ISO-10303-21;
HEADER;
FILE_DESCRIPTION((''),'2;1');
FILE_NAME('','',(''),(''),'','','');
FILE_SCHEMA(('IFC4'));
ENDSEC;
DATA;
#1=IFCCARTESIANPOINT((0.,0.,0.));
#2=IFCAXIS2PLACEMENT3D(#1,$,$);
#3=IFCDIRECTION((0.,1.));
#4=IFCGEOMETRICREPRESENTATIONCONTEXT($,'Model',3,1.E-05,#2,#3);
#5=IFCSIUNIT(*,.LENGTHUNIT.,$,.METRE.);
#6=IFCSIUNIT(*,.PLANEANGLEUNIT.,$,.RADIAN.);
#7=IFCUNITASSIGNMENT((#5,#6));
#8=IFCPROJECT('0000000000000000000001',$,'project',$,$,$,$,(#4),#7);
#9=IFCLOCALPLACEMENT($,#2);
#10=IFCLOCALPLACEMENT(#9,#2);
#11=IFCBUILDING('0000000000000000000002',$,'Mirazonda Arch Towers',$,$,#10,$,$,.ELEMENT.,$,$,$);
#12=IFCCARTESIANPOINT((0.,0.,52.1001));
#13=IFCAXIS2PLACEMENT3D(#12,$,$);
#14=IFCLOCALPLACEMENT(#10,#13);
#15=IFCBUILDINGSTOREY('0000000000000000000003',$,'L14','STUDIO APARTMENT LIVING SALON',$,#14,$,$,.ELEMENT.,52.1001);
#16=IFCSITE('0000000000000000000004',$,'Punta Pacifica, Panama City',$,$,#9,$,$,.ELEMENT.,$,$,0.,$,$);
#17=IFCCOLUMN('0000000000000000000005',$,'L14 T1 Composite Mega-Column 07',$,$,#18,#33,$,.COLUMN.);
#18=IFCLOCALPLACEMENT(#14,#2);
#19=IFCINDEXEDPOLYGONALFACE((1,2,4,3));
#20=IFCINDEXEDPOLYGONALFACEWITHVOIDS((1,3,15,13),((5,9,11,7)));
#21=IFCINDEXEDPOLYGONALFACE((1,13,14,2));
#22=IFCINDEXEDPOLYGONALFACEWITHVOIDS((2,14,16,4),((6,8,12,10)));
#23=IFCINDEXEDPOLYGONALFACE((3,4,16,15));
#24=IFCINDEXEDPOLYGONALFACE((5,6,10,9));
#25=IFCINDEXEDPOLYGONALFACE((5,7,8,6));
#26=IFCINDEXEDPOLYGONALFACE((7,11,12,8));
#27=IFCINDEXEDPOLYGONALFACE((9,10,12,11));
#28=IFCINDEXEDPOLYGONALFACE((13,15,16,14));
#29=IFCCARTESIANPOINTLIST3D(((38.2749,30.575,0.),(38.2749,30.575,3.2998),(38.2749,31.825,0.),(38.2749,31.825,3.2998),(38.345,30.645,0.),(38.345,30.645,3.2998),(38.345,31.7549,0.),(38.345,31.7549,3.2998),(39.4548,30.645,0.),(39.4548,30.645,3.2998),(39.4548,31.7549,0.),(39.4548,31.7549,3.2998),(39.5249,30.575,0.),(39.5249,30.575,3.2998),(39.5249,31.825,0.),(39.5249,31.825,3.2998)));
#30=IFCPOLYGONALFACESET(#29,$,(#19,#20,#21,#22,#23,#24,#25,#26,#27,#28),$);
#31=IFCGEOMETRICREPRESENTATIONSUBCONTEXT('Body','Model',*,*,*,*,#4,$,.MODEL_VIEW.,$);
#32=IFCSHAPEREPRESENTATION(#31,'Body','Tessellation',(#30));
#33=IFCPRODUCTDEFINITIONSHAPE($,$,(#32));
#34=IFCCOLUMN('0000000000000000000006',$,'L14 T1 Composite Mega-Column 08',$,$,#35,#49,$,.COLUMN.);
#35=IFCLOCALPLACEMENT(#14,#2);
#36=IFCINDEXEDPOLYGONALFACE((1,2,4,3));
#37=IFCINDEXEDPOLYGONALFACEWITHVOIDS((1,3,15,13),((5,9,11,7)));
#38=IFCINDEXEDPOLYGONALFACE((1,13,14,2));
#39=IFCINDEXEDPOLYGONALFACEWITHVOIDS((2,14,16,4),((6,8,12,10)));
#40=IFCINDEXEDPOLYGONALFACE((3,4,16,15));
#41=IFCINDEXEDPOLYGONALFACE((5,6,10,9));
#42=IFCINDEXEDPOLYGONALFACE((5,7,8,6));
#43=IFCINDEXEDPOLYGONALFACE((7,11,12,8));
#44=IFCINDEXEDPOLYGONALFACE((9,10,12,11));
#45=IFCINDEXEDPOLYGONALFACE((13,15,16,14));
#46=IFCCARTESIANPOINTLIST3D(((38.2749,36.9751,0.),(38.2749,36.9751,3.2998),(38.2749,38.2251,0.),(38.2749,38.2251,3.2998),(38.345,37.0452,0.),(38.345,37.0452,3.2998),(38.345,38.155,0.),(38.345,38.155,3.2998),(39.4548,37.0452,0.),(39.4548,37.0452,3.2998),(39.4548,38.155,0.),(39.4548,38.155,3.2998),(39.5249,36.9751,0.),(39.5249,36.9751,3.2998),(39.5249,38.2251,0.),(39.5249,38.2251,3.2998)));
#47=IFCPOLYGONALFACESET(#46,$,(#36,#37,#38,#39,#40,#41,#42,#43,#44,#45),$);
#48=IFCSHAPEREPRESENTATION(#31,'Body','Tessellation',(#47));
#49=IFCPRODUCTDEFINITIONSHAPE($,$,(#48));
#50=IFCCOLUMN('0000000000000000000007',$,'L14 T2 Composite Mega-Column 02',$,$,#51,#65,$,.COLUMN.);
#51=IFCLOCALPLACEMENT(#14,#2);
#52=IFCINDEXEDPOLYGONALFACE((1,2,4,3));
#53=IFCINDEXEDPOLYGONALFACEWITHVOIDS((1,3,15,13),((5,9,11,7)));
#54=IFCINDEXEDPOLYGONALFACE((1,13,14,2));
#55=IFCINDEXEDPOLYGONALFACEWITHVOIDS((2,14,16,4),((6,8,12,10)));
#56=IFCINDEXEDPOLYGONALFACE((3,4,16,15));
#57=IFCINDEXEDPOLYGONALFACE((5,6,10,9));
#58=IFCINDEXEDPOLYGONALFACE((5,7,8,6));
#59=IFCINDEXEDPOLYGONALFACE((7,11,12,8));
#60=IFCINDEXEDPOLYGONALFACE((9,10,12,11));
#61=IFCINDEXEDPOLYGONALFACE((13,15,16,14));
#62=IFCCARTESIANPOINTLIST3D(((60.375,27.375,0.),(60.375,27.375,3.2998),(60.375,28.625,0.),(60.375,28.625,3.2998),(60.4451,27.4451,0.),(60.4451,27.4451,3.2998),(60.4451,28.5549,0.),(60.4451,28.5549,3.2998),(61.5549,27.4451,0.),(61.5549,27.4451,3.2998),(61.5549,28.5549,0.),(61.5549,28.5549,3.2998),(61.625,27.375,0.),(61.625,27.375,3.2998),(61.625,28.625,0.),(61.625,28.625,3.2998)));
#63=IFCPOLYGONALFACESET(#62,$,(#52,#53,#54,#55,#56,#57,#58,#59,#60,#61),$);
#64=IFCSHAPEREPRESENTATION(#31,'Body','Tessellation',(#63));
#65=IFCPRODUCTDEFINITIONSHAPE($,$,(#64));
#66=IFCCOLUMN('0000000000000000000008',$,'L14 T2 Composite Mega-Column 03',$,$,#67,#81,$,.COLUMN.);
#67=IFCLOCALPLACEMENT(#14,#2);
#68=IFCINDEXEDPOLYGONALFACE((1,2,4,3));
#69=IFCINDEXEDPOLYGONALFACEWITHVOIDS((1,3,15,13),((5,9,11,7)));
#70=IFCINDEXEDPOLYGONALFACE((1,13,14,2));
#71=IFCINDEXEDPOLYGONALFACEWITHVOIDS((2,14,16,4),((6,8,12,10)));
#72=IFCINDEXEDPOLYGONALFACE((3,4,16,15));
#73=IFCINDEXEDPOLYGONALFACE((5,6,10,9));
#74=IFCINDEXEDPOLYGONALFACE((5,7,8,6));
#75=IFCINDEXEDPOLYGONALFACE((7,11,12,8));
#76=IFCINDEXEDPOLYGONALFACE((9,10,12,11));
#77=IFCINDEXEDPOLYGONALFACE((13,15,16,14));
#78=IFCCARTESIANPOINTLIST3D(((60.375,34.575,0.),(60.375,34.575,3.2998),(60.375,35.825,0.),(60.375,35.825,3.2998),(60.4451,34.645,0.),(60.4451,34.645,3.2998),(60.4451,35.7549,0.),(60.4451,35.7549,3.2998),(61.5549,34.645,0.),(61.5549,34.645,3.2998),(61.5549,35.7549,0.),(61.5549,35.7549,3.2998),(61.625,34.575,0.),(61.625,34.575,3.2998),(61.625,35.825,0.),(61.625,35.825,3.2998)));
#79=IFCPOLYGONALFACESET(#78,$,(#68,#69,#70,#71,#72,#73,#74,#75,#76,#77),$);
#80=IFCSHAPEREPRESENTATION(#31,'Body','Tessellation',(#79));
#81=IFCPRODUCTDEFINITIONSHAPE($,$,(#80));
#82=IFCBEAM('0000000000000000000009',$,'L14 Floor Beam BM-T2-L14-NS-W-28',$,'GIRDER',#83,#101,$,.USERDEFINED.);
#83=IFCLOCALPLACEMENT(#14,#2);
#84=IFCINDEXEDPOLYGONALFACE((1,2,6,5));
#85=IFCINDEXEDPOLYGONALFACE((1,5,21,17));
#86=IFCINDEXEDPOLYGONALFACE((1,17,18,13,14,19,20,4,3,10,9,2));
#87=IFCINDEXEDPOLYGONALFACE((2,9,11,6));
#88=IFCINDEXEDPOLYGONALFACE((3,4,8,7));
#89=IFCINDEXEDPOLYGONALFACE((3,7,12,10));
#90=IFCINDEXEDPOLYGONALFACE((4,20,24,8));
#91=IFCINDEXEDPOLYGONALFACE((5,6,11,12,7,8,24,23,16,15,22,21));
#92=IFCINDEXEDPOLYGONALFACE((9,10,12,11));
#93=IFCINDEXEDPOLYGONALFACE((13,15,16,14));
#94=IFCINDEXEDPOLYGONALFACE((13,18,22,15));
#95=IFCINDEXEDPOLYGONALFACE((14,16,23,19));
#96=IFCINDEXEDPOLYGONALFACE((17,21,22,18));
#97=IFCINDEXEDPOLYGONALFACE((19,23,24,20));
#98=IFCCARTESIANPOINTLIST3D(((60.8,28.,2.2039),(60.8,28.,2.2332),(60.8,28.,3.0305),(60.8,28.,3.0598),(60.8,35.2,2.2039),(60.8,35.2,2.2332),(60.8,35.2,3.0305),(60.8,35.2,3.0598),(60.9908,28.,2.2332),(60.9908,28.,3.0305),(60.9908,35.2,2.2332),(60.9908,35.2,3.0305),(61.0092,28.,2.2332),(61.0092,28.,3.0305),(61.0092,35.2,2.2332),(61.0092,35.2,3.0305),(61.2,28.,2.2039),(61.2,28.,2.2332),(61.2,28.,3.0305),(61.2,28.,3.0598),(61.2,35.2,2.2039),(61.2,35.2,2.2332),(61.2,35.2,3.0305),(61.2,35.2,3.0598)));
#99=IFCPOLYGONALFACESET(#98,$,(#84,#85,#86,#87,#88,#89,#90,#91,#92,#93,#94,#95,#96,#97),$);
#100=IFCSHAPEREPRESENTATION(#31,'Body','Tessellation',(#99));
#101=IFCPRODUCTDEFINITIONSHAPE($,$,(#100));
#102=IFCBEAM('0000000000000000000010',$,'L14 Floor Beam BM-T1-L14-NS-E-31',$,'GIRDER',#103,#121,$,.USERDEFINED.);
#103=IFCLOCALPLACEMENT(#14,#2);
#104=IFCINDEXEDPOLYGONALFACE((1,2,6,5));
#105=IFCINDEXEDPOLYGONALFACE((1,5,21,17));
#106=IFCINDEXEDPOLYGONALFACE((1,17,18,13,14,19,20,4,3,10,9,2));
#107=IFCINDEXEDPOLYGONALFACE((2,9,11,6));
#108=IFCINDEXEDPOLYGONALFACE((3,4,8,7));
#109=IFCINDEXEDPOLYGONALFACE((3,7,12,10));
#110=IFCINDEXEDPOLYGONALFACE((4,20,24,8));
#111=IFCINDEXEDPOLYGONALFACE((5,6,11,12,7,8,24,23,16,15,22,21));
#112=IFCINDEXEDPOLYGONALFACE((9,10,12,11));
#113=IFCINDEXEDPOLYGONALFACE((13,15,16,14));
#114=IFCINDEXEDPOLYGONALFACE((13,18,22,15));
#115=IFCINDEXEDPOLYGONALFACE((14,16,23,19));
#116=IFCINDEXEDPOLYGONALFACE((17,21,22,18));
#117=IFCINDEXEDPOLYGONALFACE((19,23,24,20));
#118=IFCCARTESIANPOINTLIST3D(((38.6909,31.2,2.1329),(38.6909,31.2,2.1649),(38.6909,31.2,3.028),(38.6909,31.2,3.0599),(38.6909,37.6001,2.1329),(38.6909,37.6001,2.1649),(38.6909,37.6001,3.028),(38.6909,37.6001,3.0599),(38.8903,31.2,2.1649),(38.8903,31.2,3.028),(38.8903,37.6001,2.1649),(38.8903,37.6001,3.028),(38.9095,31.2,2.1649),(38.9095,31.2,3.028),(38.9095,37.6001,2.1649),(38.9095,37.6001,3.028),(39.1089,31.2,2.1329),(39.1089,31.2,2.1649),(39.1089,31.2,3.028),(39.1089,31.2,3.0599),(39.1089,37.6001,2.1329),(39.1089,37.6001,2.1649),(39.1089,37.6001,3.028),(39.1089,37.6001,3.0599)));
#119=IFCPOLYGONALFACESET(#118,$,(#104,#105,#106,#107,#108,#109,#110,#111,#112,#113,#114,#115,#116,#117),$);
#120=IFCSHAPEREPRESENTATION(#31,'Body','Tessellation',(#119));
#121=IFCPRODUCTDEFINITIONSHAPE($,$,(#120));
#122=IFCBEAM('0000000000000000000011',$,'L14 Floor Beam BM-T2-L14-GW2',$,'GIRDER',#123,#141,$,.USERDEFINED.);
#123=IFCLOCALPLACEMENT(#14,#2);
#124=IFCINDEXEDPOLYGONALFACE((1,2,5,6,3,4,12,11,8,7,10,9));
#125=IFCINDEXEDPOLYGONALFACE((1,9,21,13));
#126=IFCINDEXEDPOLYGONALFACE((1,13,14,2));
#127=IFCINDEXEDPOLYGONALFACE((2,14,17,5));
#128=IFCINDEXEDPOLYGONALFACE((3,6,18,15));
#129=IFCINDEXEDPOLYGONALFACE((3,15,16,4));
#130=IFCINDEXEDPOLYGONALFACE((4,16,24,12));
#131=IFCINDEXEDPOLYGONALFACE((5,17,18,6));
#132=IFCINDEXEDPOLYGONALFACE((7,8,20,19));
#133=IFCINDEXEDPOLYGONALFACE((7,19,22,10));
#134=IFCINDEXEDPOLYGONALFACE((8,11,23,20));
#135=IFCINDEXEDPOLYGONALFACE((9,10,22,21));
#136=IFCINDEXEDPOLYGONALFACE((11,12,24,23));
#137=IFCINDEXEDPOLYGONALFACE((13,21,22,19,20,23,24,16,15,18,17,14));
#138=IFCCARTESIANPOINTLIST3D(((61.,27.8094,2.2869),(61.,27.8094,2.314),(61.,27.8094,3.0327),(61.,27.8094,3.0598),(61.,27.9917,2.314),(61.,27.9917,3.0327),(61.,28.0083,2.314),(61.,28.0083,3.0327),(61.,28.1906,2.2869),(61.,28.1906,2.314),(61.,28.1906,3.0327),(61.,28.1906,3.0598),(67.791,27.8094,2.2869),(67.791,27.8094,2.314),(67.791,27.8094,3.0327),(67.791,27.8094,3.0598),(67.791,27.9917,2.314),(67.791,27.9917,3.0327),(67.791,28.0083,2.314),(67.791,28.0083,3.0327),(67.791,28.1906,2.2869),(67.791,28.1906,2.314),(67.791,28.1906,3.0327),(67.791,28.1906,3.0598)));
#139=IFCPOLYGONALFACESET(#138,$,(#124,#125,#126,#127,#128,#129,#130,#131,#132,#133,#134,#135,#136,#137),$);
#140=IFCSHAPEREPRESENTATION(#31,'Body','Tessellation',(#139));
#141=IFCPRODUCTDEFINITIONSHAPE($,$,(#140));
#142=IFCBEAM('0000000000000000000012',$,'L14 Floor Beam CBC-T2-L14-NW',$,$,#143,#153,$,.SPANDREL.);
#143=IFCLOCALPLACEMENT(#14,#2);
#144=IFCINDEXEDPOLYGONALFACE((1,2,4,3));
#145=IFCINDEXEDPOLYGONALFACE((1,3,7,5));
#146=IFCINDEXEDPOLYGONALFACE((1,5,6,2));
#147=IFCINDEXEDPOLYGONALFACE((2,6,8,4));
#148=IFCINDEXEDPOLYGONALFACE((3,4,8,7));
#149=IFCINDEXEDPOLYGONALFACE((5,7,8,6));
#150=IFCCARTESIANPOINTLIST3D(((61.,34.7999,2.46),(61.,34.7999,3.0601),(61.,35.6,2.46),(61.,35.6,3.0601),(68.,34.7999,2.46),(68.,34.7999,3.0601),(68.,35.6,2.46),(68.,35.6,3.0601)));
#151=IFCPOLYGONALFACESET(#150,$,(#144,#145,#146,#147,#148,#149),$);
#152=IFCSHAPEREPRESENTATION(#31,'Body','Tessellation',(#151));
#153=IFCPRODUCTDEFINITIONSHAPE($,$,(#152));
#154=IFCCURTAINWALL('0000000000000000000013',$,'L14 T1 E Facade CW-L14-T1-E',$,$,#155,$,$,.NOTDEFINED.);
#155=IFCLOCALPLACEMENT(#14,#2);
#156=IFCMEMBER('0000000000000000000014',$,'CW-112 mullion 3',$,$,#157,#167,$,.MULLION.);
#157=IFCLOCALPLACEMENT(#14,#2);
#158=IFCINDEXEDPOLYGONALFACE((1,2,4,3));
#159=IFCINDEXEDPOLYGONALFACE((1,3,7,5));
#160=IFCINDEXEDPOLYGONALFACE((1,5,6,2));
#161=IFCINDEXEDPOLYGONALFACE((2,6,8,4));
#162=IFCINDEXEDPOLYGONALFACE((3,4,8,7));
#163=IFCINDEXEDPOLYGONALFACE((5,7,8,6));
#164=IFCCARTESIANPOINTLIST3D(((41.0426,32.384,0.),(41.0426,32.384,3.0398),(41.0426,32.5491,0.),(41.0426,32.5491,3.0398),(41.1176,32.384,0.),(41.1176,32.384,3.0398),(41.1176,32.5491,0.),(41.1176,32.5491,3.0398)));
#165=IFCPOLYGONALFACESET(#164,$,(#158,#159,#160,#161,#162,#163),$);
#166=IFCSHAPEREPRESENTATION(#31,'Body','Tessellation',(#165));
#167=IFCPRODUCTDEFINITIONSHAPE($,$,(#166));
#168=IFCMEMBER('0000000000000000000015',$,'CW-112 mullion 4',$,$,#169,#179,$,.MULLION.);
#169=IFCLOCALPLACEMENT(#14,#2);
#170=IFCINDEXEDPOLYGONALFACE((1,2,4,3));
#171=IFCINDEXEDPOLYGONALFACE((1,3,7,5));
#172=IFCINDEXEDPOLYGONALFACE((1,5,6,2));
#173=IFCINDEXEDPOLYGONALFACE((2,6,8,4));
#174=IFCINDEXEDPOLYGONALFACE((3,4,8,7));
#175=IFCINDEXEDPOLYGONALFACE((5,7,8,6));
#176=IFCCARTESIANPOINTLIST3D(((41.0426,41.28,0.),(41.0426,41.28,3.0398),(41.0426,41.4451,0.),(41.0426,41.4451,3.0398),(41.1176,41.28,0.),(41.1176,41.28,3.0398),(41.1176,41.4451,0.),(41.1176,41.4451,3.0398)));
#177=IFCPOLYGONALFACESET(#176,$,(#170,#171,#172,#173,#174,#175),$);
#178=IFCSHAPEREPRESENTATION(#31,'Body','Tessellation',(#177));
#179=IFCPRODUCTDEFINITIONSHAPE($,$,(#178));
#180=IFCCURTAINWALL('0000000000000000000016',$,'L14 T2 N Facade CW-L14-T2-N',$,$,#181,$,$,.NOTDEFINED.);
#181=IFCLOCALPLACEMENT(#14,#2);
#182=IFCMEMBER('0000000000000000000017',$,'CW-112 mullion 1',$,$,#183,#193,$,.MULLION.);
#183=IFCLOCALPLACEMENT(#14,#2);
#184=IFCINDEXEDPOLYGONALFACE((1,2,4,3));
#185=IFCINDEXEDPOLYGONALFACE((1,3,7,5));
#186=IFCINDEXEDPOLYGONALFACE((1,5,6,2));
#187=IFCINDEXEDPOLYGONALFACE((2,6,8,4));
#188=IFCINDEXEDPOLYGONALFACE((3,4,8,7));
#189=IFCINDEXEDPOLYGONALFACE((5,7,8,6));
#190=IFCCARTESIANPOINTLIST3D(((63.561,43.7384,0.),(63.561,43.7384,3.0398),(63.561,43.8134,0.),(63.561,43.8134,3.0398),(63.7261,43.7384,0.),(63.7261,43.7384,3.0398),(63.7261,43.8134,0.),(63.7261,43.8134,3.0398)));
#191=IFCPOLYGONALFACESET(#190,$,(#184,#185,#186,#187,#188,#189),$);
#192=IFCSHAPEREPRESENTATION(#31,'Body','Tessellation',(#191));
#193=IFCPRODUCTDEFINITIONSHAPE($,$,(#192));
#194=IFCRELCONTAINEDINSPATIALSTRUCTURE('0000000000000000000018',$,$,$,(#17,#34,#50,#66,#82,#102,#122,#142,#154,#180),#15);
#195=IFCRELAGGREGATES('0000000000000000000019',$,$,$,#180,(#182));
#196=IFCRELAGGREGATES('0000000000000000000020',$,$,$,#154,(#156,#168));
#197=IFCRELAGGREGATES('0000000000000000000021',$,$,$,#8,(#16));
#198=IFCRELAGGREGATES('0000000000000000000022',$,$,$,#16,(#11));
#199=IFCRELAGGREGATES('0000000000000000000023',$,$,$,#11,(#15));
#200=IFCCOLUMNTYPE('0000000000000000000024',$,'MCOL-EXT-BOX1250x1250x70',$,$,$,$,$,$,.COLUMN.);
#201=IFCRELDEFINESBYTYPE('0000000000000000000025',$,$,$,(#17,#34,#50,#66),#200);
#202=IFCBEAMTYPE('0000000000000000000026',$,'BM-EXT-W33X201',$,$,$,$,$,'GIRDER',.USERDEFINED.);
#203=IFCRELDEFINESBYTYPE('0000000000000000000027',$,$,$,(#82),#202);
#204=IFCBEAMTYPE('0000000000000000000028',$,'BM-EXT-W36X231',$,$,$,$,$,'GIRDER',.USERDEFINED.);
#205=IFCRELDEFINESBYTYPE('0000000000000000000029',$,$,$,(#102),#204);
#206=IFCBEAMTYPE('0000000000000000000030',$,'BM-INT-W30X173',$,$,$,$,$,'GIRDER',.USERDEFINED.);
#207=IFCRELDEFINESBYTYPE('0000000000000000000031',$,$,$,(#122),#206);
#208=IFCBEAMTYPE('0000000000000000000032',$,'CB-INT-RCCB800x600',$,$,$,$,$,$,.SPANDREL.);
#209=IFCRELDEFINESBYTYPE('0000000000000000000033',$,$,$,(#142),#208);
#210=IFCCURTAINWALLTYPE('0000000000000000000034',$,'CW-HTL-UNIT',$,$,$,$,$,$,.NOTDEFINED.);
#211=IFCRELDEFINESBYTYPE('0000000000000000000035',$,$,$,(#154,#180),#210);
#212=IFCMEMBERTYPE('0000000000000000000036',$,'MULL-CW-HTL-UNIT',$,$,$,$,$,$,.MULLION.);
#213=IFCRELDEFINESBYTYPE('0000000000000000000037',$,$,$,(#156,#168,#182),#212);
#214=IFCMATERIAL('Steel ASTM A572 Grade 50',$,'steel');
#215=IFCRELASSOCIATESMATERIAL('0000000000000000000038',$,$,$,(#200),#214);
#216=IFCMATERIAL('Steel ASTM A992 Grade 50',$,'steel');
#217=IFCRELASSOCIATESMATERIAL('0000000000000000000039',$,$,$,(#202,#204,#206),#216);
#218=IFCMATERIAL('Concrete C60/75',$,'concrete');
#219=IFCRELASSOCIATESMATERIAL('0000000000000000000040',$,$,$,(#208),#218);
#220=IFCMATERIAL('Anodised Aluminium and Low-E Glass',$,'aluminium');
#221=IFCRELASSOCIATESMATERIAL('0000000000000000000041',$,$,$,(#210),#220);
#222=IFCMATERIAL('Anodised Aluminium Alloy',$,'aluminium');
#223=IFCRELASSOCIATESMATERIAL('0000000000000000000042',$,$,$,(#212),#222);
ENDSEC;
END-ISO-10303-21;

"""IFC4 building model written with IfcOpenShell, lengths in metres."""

from ifc_helpers import new_model, si_unit, direction, frame, origin, origin_2d, place, context, subcontext, project, spatial, rectangle, hollow_rectangle, i_section, extrude, material, material_profile, profile_set, type_object, element, aggregate, save


model = new_model("IFC4")

# Units and contexts
model_context = context("Model", 3, precision=1e-05, world=origin(), true_north=direction((0.0, 1.0)))
body_context = subcontext(model_context, "Body", "Model", "MODEL_VIEW")
ifc_project = project(units=[si_unit("LENGTHUNIT", "METRE"), si_unit("PLANEANGLEUNIT", "RADIAN")], contexts=[model_context])

# Site, building, storey
site_placement = place(None, origin())
site = spatial("IfcSite", under=ifc_project, at=site_placement, Name="Punta Pacifica, Panama City", CompositionType="ELEMENT", RefElevation=0.0)
building_placement = place(site_placement, origin())
building = spatial("IfcBuilding", under=site, at=building_placement, Name="Mirazonda Arch Towers", CompositionType="ELEMENT")
storey_placement = place(building_placement, frame((0.0, 0.0, 52.1001)))
storey = spatial("IfcBuildingStorey", under=building, at=storey_placement, Name="L14", Description="STUDIO APARTMENT LIVING SALON", CompositionType="ELEMENT", Elevation=52.1001)

# Columns
ifc_material_1 = material(Name="Steel ASTM A572 Grade 50", Category="steel")
ifc_material_profile_1 = material_profile(ifc_material_1, hollow_rectangle(XDim=1.25, YDim=1.25, WallThickness=0.0701, at=origin_2d()), Name="BOX1250x1250x70")
ifc_profile_set_1 = profile_set([ifc_material_profile_1], Name="Steel ASTM A572 Grade 50")
column_type = type_object("IfcColumnType", Name="MCOL-EXT-BOX1250x1250x70", PredefinedType="COLUMN", material=ifc_profile_set_1)
for number, where, z_axis, x_axis, name in (
    (1, (38.8999, 31.2, 0.0), (0.0, 0.0, 1.0), (1.0, 0.0, 0.0), "L14 T1 Composite Mega-Column 07"),
    (2, (38.8999, 37.6001, 0.0), (0.0, 0.0, 1.0), (1.0, 0.0, 0.0), "L14 T1 Composite Mega-Column 08"),
    (3, (61.0, 28.0, 0.0), (0.0, 0.0, 1.0), (1.0, 0.0, 0.0), "L14 T2 Composite Mega-Column 02"),
    (4, (61.0, 35.2, 0.0), (0.0, 0.0, 1.0), (1.0, 0.0, 0.0), "L14 T2 Composite Mega-Column 03"),
):
    element("IfcColumn", number, at=place(storey_placement, frame(where, z_axis=z_axis, x_axis=x_axis)), inside=storey, type_object=column_type, Name=name, PredefinedType="COLUMN", context=body_context, shape_type="SweptSolid", body=[
        extrude(hollow_rectangle(XDim=1.25, YDim=1.25, WallThickness=0.0701, at=origin_2d()), origin(), (0.0, 0.0, 1.0), 3.2998),
    ])

# Beams
ifc_material_2 = material(Name="Steel ASTM A992 Grade 50", Category="steel")
ifc_material_profile_2 = material_profile(ifc_material_2, i_section(OverallWidth=0.3999, OverallDepth=0.856, WebThickness=0.0183, FlangeThickness=0.0293, at=origin_2d()), Name="W33X201")
ifc_profile_set_2 = profile_set([ifc_material_profile_2], Name="Steel ASTM A992 Grade 50")
beam_type_1 = type_object("IfcBeamType", Name="BM-EXT-W33X201", ElementType="GIRDER", PredefinedType="USERDEFINED", material=ifc_profile_set_2)
beam_1_placement = place(storey_placement, frame((61.0, 28.0, 2.6318), z_axis=(0.0, 1.0, 0.0), x_axis=(-1.0, 0.0, 0.0)))
element("IfcBeam", 5, at=beam_1_placement, inside=storey, type_object=beam_type_1, Name="L14 Floor Beam BM-T2-L14-NS-W-28", ObjectType="GIRDER", PredefinedType="USERDEFINED", context=body_context, shape_type="SweptSolid", body=[
    extrude(i_section(OverallWidth=0.3999, OverallDepth=0.856, WebThickness=0.0183, FlangeThickness=0.0293, at=origin_2d()), origin(), (0.0, 0.0, 1.0), 7.2),
])
ifc_material_profile_3 = material_profile(ifc_material_2, i_section(OverallWidth=0.418, OverallDepth=0.927, WebThickness=0.0193, FlangeThickness=0.032, at=origin_2d()), Name="W36X231")
ifc_profile_set_3 = profile_set([ifc_material_profile_3], Name="Steel ASTM A992 Grade 50")
beam_type_2 = type_object("IfcBeamType", Name="BM-EXT-W36X231", ElementType="GIRDER", PredefinedType="USERDEFINED", material=ifc_profile_set_3)
beam_2_placement = place(storey_placement, frame((38.8999, 31.2, 2.5964), z_axis=(0.0, 1.0, 0.0), x_axis=(-1.0, 0.0, 0.0)))
element("IfcBeam", 6, at=beam_2_placement, inside=storey, type_object=beam_type_2, Name="L14 Floor Beam BM-T1-L14-NS-E-31", ObjectType="GIRDER", PredefinedType="USERDEFINED", context=body_context, shape_type="SweptSolid", body=[
    extrude(i_section(OverallWidth=0.418, OverallDepth=0.927, WebThickness=0.0193, FlangeThickness=0.032, at=origin_2d()), origin(), (0.0, 0.0, 1.0), 6.4001),
])
ifc_material_profile_4 = material_profile(ifc_material_2, i_section(OverallWidth=0.3811, OverallDepth=0.7729, WebThickness=0.0166, FlangeThickness=0.0271, at=origin_2d()), Name="W30X173")
ifc_profile_set_4 = profile_set([ifc_material_profile_4], Name="Steel ASTM A992 Grade 50")
beam_type_3 = type_object("IfcBeamType", Name="BM-INT-W30X173", ElementType="GIRDER", PredefinedType="USERDEFINED", material=ifc_profile_set_4)
beam_3_placement = place(storey_placement, frame((61.0, 28.0, 2.6733), z_axis=(1.0, 0.0, 0.0), x_axis=(0.0, 1.0, 0.0)))
element("IfcBeam", 7, at=beam_3_placement, inside=storey, type_object=beam_type_3, Name="L14 Floor Beam BM-T2-L14-GW2", ObjectType="GIRDER", PredefinedType="USERDEFINED", context=body_context, shape_type="SweptSolid", body=[
    extrude(i_section(OverallWidth=0.3811, OverallDepth=0.7729, WebThickness=0.0166, FlangeThickness=0.0271, at=origin_2d()), origin(), (0.0, 0.0, 1.0), 6.791),
])
ifc_material_3 = material(Name="Concrete C60/75", Category="concrete")
ifc_material_profile_5 = material_profile(ifc_material_3, rectangle(XDim=0.8, YDim=0.6001, at=origin_2d()), Name="RCCB800x600")
ifc_profile_set_5 = profile_set([ifc_material_profile_5], Name="Concrete C60/75")
beam_type_4 = type_object("IfcBeamType", Name="CB-INT-RCCB800x600", PredefinedType="SPANDREL", material=ifc_profile_set_5)
beam_4_placement = place(storey_placement, frame((61.0, 35.2, 2.76), z_axis=(1.0, 0.0, 0.0), x_axis=(0.0, 1.0, 0.0)))
element("IfcBeam", 8, at=beam_4_placement, inside=storey, type_object=beam_type_4, Name="L14 Floor Beam CBC-T2-L14-NW", PredefinedType="SPANDREL", context=body_context, shape_type="SweptSolid", body=[
    extrude(rectangle(XDim=0.8, YDim=0.6001, at=origin_2d()), origin(), (0.0, 0.0, 1.0), 7.0),
])

# Curtain wall, members
ifc_material_4 = material(Name="Anodised Aluminium and Low-E Glass", Category="aluminium")
curtain_wall_type = type_object("IfcCurtainWallType", Name="CW-HTL-UNIT", PredefinedType="NOTDEFINED", material=ifc_material_4)
curtain_wall_1_placement = place(storey_placement, origin())
curtain_wall_1 = element("IfcCurtainWall", 9, at=curtain_wall_1_placement, inside=storey, type_object=curtain_wall_type, Name="L14 T1 E Facade CW-L14-T1-E", PredefinedType="NOTDEFINED")
ifc_material_5 = material(Name="Anodised Aluminium Alloy", Category="aluminium")
ifc_material_profile_6 = material_profile(ifc_material_5, rectangle(XDim=0.075, YDim=0.165, at=origin_2d()), Name="ALU-MULL-75x165")
ifc_profile_set_6 = profile_set([ifc_material_profile_6], Name="Anodised Aluminium Alloy")
member_type_1 = type_object("IfcMemberType", Name="MULL-CW-HTL-UNIT", PredefinedType="MULLION", material=ifc_profile_set_6)
member_1_placement = place(storey_placement, frame((41.0801, 32.4666, 0.0), z_axis=(0.0, 0.0, 1.0), x_axis=(-1.0, 0.0, 0.0)))
member_1 = element("IfcMember", 10, at=member_1_placement, type_object=member_type_1, Name="CW-112 mullion 3", PredefinedType="MULLION", context=body_context, shape_type="SweptSolid", body=[
    extrude(rectangle(XDim=0.075, YDim=0.165, at=origin_2d()), origin(), (0.0, 0.0, 1.0), 3.0398),
])
member_2_placement = place(storey_placement, frame((41.0801, 41.3625, 0.0), z_axis=(0.0, 0.0, 1.0), x_axis=(-1.0, 0.0, 0.0)))
member_2 = element("IfcMember", 11, at=member_2_placement, type_object=member_type_1, Name="CW-112 mullion 4", PredefinedType="MULLION", context=body_context, shape_type="SweptSolid", body=[
    extrude(rectangle(XDim=0.075, YDim=0.165, at=origin_2d()), origin(), (0.0, 0.0, 1.0), 3.0398),
])

# Curtain wall, member
curtain_wall_2_placement = place(storey_placement, origin())
curtain_wall_2 = element("IfcCurtainWall", 12, at=curtain_wall_2_placement, inside=storey, type_object=curtain_wall_type, Name="L14 T2 N Facade CW-L14-T2-N", PredefinedType="NOTDEFINED")
member_3_placement = place(storey_placement, frame((63.6436, 43.7759, 0.0), z_axis=(0.0, 0.0, 1.0), x_axis=(0.0, 1.0, 0.0)))
member_3 = element("IfcMember", 13, at=member_3_placement, type_object=member_type_1, Name="CW-112 mullion 1", PredefinedType="MULLION", context=body_context, shape_type="SweptSolid", body=[
    extrude(rectangle(XDim=0.075, YDim=0.165, at=origin_2d()), origin(), (0.0, 0.0, 1.0), 3.0398),
])
aggregate(curtain_wall_2, [member_3])

aggregate(curtain_wall_1, [member_1, member_2])

save(model, "model.ifc")
